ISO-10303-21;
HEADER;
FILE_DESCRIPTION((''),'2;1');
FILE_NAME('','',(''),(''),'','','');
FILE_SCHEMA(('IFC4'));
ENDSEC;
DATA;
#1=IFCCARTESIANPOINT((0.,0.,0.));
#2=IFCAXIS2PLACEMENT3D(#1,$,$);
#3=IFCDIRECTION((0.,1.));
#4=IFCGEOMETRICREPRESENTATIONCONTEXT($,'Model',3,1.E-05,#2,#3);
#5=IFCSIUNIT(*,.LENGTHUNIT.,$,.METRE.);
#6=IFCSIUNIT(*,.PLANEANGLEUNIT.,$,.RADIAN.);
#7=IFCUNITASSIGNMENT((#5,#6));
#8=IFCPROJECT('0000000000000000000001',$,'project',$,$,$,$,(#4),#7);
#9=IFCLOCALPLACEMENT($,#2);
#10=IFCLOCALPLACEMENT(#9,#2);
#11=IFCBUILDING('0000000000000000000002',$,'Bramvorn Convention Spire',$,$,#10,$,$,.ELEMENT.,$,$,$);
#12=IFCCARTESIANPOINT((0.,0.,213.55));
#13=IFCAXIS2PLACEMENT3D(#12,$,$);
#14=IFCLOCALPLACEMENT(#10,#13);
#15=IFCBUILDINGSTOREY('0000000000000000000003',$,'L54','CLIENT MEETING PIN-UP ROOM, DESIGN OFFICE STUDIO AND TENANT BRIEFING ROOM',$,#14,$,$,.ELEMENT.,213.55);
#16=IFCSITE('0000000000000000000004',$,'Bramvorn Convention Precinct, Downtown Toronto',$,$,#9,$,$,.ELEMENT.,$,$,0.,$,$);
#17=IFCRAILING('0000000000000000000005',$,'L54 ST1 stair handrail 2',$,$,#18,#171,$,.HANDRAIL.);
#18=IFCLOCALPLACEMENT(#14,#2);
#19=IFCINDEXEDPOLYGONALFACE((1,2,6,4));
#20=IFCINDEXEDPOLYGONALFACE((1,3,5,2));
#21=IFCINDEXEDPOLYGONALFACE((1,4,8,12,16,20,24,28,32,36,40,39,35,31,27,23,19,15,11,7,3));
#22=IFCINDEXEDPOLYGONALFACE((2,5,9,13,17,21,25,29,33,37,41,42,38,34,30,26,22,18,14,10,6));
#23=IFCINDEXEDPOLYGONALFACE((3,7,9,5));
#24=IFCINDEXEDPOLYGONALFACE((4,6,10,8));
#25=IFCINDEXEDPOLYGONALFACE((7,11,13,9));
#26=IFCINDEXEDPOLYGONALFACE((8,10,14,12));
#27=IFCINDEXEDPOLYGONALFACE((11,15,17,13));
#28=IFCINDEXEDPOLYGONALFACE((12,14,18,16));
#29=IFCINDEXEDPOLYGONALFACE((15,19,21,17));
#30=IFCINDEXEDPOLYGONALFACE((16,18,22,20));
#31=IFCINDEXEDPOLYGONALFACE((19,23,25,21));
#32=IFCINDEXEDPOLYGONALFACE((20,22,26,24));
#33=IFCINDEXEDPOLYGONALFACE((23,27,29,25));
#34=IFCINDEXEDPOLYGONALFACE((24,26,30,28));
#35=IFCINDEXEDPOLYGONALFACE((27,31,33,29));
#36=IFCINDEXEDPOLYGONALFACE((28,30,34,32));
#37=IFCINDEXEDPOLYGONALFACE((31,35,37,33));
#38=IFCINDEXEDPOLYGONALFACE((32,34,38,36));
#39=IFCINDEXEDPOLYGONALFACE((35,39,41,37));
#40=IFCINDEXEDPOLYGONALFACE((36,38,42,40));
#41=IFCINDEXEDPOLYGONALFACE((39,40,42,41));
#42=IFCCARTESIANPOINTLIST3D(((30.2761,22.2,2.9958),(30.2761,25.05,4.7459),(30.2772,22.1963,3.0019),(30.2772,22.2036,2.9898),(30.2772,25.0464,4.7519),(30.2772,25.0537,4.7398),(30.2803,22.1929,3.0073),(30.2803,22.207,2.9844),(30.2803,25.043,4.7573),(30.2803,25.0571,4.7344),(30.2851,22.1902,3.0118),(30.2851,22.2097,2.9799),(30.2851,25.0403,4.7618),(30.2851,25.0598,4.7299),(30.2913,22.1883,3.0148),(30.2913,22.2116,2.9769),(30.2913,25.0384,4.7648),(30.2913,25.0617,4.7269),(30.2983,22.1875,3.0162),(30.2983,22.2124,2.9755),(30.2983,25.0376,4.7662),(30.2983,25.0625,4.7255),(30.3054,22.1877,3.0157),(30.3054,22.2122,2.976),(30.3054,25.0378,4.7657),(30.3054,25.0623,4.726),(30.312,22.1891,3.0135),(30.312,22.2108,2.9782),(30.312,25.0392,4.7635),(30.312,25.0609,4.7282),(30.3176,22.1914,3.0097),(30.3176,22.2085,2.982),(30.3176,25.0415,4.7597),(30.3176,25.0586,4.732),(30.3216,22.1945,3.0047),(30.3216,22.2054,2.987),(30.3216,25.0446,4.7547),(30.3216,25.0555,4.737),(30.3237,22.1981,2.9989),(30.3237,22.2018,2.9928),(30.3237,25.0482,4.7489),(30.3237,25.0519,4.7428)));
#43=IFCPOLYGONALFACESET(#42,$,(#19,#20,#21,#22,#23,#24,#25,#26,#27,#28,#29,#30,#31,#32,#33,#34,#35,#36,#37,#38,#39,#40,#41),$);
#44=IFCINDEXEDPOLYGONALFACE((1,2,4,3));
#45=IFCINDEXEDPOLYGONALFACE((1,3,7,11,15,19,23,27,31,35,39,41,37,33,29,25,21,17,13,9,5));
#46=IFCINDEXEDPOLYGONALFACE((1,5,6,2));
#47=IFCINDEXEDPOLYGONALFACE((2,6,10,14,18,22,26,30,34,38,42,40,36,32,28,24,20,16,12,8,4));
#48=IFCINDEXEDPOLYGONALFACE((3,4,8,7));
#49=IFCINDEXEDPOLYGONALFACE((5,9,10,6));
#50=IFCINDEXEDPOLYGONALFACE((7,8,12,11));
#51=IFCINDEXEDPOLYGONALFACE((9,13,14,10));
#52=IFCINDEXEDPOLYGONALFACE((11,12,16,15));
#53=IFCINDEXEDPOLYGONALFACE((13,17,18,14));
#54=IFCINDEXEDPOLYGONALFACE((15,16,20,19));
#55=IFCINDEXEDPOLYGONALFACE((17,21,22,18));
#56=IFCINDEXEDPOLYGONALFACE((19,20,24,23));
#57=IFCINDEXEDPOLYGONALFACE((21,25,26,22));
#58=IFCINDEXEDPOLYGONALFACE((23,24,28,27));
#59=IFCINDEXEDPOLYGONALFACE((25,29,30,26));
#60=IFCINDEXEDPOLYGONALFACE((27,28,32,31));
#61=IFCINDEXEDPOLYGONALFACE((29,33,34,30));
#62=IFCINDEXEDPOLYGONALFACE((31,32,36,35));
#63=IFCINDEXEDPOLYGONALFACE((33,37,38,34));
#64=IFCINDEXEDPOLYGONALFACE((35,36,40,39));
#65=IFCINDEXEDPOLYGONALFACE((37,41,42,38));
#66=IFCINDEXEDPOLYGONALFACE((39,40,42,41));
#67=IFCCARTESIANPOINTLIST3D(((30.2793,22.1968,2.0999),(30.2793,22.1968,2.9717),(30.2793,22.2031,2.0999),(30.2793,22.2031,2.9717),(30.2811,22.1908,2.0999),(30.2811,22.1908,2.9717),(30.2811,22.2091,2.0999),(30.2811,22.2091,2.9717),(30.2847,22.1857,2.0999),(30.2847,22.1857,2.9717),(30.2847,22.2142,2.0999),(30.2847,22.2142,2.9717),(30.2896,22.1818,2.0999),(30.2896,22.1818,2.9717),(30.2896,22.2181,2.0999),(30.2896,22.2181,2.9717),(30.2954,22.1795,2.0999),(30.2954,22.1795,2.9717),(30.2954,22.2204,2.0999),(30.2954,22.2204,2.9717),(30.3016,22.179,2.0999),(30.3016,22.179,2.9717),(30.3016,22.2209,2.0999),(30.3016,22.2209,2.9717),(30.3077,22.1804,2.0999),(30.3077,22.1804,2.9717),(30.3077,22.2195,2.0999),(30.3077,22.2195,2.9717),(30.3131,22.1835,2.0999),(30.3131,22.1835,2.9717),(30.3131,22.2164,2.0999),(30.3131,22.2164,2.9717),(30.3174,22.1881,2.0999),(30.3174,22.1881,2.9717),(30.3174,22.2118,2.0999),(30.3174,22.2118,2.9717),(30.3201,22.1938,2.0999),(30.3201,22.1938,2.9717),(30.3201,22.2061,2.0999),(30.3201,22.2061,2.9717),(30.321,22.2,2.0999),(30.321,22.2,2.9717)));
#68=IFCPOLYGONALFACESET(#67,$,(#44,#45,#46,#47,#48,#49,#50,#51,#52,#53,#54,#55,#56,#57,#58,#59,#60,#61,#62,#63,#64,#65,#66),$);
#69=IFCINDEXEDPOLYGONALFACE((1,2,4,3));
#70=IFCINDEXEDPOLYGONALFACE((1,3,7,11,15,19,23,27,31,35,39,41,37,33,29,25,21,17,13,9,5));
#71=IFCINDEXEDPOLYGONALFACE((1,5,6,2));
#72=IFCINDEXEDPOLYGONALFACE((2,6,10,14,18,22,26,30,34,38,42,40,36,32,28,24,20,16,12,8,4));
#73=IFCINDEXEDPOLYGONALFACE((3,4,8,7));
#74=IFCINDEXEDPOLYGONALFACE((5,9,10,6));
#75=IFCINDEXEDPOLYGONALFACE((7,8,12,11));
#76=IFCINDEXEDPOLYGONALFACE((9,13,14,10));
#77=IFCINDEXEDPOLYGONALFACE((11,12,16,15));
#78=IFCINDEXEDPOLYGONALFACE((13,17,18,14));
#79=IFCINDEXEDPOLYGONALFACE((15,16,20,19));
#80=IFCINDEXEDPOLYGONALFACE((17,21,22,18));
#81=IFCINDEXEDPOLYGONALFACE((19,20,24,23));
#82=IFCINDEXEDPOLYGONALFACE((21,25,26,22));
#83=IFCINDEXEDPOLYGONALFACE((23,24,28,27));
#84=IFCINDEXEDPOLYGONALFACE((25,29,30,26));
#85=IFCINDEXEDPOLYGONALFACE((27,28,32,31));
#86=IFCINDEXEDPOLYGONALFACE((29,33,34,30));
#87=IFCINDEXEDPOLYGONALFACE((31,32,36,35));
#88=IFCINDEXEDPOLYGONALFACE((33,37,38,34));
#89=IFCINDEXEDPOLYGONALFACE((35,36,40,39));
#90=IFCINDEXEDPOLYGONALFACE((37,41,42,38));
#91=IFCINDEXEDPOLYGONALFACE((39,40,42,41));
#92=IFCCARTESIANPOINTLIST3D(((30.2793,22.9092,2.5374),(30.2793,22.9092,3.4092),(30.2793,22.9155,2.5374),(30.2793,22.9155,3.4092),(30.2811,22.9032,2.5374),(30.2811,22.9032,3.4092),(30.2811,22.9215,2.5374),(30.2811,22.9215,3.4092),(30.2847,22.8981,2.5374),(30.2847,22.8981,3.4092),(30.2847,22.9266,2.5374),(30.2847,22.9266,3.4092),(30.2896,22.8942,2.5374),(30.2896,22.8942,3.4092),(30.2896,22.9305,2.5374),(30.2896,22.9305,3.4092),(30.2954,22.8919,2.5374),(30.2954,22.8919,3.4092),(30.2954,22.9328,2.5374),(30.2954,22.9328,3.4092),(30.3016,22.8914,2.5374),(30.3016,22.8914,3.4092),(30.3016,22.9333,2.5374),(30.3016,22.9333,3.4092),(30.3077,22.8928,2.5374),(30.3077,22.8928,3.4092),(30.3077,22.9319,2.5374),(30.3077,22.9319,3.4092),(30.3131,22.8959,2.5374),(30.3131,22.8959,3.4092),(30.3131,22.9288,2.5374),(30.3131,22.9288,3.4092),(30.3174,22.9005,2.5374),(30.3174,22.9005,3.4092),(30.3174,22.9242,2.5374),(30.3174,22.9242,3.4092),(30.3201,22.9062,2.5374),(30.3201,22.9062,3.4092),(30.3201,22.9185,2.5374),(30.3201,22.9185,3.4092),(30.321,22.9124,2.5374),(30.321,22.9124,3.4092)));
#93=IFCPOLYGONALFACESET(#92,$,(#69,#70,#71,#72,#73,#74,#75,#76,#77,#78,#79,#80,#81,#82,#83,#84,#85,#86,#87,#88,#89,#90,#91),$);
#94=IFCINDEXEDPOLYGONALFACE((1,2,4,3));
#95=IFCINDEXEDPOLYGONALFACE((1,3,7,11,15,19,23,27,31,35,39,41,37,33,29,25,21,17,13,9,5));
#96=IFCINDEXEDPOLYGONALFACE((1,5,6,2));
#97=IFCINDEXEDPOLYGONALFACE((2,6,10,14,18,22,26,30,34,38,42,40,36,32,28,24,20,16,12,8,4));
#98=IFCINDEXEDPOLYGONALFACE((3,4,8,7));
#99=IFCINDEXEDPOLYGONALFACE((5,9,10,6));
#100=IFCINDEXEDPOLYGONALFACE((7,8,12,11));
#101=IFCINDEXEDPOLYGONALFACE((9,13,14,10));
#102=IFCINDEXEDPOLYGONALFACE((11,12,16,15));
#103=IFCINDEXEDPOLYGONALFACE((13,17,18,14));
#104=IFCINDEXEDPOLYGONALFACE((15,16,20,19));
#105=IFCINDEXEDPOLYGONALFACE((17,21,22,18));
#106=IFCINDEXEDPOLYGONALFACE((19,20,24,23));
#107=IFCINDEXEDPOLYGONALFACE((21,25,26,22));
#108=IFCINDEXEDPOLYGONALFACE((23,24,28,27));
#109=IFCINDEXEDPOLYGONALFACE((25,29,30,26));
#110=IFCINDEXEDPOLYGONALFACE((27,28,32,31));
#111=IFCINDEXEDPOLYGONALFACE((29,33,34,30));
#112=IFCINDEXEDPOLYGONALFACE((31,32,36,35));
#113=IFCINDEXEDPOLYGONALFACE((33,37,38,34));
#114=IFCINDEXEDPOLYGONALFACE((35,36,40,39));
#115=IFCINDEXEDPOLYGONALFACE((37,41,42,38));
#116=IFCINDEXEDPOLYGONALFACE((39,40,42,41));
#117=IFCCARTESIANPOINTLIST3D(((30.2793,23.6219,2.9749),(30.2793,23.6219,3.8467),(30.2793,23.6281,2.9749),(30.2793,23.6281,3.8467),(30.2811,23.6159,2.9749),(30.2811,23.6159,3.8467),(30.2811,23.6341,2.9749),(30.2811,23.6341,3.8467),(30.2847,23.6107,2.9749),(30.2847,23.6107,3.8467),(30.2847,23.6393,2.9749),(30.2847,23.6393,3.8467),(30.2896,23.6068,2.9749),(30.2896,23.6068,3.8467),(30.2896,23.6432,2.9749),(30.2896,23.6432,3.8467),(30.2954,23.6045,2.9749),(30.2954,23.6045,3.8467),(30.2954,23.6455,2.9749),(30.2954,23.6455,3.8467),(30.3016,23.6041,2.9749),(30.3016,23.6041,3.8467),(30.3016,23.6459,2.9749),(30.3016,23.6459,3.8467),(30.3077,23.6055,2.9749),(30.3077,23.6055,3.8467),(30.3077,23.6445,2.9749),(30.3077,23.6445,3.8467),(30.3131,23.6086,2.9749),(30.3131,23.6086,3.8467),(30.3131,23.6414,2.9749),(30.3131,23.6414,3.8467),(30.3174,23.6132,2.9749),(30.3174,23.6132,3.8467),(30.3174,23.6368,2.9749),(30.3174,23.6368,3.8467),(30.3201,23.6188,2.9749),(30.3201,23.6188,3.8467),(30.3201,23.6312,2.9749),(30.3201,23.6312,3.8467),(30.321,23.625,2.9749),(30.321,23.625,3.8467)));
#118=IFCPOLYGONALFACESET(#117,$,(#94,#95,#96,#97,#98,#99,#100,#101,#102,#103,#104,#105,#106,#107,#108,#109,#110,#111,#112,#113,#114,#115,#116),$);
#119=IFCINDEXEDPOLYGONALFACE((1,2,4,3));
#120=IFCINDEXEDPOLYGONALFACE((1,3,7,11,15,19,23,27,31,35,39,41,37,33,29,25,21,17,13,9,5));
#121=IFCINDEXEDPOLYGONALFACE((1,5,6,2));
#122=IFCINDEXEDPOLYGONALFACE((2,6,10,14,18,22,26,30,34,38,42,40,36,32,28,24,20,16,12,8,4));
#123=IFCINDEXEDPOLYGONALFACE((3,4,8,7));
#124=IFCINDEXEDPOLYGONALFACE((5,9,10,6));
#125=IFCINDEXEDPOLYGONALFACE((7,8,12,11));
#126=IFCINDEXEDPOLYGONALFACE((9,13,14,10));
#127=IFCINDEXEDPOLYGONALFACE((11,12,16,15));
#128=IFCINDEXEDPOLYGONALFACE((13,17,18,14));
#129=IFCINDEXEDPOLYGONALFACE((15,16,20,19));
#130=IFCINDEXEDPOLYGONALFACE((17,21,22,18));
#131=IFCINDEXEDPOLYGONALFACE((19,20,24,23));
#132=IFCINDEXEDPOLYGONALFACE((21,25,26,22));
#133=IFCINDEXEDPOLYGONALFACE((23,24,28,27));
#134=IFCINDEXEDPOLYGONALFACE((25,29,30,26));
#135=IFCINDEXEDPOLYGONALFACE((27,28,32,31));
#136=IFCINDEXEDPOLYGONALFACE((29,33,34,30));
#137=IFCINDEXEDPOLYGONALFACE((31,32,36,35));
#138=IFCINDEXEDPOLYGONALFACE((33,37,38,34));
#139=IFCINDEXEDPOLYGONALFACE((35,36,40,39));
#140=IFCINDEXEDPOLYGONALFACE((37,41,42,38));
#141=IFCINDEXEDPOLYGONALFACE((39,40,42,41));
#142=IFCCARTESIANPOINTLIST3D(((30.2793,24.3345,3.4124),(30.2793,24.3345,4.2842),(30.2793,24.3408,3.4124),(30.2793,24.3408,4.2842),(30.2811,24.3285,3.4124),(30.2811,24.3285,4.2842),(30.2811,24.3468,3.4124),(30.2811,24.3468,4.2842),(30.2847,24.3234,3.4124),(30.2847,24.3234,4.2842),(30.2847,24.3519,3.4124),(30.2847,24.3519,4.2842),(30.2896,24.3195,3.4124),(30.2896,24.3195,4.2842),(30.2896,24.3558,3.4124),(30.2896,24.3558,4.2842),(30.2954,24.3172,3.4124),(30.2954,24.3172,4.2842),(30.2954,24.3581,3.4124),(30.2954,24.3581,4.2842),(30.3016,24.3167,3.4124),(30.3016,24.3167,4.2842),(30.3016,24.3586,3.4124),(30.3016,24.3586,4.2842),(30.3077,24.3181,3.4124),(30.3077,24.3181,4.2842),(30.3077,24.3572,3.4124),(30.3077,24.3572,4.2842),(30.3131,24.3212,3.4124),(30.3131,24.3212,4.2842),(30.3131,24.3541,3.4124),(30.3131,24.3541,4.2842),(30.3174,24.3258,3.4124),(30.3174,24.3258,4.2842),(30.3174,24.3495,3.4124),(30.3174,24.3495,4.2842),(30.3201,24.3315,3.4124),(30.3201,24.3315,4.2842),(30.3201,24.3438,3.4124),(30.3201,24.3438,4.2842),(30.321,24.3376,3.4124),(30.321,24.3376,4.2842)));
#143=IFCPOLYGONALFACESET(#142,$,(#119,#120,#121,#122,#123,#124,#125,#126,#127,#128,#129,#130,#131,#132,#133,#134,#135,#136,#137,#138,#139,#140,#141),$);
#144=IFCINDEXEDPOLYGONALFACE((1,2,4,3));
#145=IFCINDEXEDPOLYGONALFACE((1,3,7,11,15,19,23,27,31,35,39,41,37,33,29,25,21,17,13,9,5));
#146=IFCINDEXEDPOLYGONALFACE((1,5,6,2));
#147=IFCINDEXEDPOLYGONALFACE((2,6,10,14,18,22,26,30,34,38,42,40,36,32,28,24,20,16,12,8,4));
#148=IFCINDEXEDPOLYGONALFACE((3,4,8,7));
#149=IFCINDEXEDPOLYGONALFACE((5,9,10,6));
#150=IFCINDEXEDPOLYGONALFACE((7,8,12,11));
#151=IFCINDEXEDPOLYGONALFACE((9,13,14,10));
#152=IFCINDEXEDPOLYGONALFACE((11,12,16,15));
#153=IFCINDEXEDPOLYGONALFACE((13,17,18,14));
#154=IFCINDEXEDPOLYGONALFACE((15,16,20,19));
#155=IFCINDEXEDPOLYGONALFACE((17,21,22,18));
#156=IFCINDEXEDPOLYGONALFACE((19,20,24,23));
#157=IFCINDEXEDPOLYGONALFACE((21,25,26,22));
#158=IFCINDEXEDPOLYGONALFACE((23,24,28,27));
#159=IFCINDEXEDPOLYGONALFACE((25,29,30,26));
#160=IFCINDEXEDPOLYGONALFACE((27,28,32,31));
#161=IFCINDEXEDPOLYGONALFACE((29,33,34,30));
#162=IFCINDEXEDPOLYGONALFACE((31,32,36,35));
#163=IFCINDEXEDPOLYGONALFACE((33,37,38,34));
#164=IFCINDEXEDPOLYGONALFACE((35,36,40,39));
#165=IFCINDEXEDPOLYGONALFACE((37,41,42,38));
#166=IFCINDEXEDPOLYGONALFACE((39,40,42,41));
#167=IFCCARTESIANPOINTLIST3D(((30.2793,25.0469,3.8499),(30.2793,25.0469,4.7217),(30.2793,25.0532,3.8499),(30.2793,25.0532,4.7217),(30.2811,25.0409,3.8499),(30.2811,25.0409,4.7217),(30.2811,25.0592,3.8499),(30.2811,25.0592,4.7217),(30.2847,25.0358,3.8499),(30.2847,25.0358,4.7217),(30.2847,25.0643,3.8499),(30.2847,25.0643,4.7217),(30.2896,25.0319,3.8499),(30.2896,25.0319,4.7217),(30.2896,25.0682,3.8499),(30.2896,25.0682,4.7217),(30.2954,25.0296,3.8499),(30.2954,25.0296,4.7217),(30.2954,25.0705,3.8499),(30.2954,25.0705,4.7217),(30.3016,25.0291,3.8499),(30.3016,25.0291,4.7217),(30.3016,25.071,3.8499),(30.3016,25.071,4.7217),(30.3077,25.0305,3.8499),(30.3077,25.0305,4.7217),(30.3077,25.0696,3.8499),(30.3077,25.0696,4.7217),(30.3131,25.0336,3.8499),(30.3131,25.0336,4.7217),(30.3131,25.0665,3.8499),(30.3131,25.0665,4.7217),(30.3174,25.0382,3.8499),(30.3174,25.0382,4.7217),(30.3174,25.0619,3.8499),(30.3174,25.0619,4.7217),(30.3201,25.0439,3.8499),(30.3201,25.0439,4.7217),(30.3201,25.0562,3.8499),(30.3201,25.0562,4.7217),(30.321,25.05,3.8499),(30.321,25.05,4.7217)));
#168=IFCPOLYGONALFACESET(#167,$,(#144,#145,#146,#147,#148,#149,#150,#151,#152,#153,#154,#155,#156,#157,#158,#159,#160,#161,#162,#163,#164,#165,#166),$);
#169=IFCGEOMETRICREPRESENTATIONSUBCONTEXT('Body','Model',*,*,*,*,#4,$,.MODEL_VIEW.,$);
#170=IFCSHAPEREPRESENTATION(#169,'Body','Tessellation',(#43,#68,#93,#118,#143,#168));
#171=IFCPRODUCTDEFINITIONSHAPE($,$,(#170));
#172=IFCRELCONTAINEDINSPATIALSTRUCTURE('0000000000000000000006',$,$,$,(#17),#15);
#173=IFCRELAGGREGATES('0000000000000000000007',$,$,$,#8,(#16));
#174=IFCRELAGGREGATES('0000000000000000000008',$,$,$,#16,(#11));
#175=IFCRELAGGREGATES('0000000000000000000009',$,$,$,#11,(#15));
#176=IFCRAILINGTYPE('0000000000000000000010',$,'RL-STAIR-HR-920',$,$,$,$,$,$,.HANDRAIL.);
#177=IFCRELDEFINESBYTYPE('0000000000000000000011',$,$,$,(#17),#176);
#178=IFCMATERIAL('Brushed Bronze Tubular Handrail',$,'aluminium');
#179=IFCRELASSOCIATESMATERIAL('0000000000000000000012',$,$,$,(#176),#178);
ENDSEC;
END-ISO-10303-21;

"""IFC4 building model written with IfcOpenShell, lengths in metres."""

from ifc_helpers import new_model, si_unit, direction, frame, origin, origin_2d, place, context, subcontext, project, spatial, circle, extrude, material, type_object, element, save


model = new_model("IFC4")

# Units and contexts
model_context = context("Model", 3, precision=1e-05, world=origin(), true_north=direction((0.0, 1.0)))
body_context = subcontext(model_context, "Body", "Model", "MODEL_VIEW")
ifc_project = project(units=[si_unit("LENGTHUNIT", "METRE"), si_unit("PLANEANGLEUNIT", "RADIAN")], contexts=[model_context])

# Site, building, storey
site_placement = place(None, origin())
site = spatial("IfcSite", under=ifc_project, at=site_placement, Name="Bramvorn Convention Precinct, Downtown Toronto", CompositionType="ELEMENT", RefElevation=0.0)
building_placement = place(site_placement, origin())
building = spatial("IfcBuilding", under=site, at=building_placement, Name="Bramvorn Convention Spire", CompositionType="ELEMENT")
storey_placement = place(building_placement, frame((0.0, 0.0, 213.55)))
storey = spatial("IfcBuildingStorey", under=building, at=storey_placement, Name="L54", Description="CLIENT MEETING PIN-UP ROOM, DESIGN OFFICE STUDIO AND TENANT BRIEFING ROOM", CompositionType="ELEMENT", Elevation=213.55)

# Railing
ifc_material_1 = material(Name="Brushed Bronze Tubular Handrail", Category="aluminium")
railing_type_1 = type_object("IfcRailingType", Name="RL-STAIR-HR-920", PredefinedType="HANDRAIL", material=ifc_material_1)
railing_1_placement = place(storey_placement, frame((30.3, 22.2, 2.0999)))
element("IfcRailing", 1, at=railing_1_placement, inside=storey, type_object=railing_type_1, Name="L54 ST1 stair handrail 2", PredefinedType="HANDRAIL", context=body_context, shape_type="SweptSolid", body=[
    extrude(circle(Radius=0.0239, at=origin_2d()), frame((0.0, 0.0, 0.896), z_axis=(0.0, 0.852179, 0.52325), x_axis=(-1.0, 0.0, 0.0)), (0.0, 0.0, 1.0), 3.3445),
    extrude(circle(Radius=0.021, at=origin_2d()), origin(), (0.0, 0.0, 1.0), 0.8718),
    extrude(circle(Radius=0.021, at=origin_2d()), frame((0.0, 0.7124, 0.4375)), (0.0, 0.0, 1.0), 0.8718),
    extrude(circle(Radius=0.021, at=origin_2d()), frame((0.0, 1.425, 0.875)), (0.0, 0.0, 1.0), 0.8718),
    extrude(circle(Radius=0.021, at=origin_2d()), frame((0.0, 2.1377, 1.3125)), (0.0, 0.0, 1.0), 0.8718),
    extrude(circle(Radius=0.021, at=origin_2d()), frame((0.0, 2.8501, 1.75)), (0.0, 0.0, 1.0), 0.8718),
])

save(model, "model.ifc")
